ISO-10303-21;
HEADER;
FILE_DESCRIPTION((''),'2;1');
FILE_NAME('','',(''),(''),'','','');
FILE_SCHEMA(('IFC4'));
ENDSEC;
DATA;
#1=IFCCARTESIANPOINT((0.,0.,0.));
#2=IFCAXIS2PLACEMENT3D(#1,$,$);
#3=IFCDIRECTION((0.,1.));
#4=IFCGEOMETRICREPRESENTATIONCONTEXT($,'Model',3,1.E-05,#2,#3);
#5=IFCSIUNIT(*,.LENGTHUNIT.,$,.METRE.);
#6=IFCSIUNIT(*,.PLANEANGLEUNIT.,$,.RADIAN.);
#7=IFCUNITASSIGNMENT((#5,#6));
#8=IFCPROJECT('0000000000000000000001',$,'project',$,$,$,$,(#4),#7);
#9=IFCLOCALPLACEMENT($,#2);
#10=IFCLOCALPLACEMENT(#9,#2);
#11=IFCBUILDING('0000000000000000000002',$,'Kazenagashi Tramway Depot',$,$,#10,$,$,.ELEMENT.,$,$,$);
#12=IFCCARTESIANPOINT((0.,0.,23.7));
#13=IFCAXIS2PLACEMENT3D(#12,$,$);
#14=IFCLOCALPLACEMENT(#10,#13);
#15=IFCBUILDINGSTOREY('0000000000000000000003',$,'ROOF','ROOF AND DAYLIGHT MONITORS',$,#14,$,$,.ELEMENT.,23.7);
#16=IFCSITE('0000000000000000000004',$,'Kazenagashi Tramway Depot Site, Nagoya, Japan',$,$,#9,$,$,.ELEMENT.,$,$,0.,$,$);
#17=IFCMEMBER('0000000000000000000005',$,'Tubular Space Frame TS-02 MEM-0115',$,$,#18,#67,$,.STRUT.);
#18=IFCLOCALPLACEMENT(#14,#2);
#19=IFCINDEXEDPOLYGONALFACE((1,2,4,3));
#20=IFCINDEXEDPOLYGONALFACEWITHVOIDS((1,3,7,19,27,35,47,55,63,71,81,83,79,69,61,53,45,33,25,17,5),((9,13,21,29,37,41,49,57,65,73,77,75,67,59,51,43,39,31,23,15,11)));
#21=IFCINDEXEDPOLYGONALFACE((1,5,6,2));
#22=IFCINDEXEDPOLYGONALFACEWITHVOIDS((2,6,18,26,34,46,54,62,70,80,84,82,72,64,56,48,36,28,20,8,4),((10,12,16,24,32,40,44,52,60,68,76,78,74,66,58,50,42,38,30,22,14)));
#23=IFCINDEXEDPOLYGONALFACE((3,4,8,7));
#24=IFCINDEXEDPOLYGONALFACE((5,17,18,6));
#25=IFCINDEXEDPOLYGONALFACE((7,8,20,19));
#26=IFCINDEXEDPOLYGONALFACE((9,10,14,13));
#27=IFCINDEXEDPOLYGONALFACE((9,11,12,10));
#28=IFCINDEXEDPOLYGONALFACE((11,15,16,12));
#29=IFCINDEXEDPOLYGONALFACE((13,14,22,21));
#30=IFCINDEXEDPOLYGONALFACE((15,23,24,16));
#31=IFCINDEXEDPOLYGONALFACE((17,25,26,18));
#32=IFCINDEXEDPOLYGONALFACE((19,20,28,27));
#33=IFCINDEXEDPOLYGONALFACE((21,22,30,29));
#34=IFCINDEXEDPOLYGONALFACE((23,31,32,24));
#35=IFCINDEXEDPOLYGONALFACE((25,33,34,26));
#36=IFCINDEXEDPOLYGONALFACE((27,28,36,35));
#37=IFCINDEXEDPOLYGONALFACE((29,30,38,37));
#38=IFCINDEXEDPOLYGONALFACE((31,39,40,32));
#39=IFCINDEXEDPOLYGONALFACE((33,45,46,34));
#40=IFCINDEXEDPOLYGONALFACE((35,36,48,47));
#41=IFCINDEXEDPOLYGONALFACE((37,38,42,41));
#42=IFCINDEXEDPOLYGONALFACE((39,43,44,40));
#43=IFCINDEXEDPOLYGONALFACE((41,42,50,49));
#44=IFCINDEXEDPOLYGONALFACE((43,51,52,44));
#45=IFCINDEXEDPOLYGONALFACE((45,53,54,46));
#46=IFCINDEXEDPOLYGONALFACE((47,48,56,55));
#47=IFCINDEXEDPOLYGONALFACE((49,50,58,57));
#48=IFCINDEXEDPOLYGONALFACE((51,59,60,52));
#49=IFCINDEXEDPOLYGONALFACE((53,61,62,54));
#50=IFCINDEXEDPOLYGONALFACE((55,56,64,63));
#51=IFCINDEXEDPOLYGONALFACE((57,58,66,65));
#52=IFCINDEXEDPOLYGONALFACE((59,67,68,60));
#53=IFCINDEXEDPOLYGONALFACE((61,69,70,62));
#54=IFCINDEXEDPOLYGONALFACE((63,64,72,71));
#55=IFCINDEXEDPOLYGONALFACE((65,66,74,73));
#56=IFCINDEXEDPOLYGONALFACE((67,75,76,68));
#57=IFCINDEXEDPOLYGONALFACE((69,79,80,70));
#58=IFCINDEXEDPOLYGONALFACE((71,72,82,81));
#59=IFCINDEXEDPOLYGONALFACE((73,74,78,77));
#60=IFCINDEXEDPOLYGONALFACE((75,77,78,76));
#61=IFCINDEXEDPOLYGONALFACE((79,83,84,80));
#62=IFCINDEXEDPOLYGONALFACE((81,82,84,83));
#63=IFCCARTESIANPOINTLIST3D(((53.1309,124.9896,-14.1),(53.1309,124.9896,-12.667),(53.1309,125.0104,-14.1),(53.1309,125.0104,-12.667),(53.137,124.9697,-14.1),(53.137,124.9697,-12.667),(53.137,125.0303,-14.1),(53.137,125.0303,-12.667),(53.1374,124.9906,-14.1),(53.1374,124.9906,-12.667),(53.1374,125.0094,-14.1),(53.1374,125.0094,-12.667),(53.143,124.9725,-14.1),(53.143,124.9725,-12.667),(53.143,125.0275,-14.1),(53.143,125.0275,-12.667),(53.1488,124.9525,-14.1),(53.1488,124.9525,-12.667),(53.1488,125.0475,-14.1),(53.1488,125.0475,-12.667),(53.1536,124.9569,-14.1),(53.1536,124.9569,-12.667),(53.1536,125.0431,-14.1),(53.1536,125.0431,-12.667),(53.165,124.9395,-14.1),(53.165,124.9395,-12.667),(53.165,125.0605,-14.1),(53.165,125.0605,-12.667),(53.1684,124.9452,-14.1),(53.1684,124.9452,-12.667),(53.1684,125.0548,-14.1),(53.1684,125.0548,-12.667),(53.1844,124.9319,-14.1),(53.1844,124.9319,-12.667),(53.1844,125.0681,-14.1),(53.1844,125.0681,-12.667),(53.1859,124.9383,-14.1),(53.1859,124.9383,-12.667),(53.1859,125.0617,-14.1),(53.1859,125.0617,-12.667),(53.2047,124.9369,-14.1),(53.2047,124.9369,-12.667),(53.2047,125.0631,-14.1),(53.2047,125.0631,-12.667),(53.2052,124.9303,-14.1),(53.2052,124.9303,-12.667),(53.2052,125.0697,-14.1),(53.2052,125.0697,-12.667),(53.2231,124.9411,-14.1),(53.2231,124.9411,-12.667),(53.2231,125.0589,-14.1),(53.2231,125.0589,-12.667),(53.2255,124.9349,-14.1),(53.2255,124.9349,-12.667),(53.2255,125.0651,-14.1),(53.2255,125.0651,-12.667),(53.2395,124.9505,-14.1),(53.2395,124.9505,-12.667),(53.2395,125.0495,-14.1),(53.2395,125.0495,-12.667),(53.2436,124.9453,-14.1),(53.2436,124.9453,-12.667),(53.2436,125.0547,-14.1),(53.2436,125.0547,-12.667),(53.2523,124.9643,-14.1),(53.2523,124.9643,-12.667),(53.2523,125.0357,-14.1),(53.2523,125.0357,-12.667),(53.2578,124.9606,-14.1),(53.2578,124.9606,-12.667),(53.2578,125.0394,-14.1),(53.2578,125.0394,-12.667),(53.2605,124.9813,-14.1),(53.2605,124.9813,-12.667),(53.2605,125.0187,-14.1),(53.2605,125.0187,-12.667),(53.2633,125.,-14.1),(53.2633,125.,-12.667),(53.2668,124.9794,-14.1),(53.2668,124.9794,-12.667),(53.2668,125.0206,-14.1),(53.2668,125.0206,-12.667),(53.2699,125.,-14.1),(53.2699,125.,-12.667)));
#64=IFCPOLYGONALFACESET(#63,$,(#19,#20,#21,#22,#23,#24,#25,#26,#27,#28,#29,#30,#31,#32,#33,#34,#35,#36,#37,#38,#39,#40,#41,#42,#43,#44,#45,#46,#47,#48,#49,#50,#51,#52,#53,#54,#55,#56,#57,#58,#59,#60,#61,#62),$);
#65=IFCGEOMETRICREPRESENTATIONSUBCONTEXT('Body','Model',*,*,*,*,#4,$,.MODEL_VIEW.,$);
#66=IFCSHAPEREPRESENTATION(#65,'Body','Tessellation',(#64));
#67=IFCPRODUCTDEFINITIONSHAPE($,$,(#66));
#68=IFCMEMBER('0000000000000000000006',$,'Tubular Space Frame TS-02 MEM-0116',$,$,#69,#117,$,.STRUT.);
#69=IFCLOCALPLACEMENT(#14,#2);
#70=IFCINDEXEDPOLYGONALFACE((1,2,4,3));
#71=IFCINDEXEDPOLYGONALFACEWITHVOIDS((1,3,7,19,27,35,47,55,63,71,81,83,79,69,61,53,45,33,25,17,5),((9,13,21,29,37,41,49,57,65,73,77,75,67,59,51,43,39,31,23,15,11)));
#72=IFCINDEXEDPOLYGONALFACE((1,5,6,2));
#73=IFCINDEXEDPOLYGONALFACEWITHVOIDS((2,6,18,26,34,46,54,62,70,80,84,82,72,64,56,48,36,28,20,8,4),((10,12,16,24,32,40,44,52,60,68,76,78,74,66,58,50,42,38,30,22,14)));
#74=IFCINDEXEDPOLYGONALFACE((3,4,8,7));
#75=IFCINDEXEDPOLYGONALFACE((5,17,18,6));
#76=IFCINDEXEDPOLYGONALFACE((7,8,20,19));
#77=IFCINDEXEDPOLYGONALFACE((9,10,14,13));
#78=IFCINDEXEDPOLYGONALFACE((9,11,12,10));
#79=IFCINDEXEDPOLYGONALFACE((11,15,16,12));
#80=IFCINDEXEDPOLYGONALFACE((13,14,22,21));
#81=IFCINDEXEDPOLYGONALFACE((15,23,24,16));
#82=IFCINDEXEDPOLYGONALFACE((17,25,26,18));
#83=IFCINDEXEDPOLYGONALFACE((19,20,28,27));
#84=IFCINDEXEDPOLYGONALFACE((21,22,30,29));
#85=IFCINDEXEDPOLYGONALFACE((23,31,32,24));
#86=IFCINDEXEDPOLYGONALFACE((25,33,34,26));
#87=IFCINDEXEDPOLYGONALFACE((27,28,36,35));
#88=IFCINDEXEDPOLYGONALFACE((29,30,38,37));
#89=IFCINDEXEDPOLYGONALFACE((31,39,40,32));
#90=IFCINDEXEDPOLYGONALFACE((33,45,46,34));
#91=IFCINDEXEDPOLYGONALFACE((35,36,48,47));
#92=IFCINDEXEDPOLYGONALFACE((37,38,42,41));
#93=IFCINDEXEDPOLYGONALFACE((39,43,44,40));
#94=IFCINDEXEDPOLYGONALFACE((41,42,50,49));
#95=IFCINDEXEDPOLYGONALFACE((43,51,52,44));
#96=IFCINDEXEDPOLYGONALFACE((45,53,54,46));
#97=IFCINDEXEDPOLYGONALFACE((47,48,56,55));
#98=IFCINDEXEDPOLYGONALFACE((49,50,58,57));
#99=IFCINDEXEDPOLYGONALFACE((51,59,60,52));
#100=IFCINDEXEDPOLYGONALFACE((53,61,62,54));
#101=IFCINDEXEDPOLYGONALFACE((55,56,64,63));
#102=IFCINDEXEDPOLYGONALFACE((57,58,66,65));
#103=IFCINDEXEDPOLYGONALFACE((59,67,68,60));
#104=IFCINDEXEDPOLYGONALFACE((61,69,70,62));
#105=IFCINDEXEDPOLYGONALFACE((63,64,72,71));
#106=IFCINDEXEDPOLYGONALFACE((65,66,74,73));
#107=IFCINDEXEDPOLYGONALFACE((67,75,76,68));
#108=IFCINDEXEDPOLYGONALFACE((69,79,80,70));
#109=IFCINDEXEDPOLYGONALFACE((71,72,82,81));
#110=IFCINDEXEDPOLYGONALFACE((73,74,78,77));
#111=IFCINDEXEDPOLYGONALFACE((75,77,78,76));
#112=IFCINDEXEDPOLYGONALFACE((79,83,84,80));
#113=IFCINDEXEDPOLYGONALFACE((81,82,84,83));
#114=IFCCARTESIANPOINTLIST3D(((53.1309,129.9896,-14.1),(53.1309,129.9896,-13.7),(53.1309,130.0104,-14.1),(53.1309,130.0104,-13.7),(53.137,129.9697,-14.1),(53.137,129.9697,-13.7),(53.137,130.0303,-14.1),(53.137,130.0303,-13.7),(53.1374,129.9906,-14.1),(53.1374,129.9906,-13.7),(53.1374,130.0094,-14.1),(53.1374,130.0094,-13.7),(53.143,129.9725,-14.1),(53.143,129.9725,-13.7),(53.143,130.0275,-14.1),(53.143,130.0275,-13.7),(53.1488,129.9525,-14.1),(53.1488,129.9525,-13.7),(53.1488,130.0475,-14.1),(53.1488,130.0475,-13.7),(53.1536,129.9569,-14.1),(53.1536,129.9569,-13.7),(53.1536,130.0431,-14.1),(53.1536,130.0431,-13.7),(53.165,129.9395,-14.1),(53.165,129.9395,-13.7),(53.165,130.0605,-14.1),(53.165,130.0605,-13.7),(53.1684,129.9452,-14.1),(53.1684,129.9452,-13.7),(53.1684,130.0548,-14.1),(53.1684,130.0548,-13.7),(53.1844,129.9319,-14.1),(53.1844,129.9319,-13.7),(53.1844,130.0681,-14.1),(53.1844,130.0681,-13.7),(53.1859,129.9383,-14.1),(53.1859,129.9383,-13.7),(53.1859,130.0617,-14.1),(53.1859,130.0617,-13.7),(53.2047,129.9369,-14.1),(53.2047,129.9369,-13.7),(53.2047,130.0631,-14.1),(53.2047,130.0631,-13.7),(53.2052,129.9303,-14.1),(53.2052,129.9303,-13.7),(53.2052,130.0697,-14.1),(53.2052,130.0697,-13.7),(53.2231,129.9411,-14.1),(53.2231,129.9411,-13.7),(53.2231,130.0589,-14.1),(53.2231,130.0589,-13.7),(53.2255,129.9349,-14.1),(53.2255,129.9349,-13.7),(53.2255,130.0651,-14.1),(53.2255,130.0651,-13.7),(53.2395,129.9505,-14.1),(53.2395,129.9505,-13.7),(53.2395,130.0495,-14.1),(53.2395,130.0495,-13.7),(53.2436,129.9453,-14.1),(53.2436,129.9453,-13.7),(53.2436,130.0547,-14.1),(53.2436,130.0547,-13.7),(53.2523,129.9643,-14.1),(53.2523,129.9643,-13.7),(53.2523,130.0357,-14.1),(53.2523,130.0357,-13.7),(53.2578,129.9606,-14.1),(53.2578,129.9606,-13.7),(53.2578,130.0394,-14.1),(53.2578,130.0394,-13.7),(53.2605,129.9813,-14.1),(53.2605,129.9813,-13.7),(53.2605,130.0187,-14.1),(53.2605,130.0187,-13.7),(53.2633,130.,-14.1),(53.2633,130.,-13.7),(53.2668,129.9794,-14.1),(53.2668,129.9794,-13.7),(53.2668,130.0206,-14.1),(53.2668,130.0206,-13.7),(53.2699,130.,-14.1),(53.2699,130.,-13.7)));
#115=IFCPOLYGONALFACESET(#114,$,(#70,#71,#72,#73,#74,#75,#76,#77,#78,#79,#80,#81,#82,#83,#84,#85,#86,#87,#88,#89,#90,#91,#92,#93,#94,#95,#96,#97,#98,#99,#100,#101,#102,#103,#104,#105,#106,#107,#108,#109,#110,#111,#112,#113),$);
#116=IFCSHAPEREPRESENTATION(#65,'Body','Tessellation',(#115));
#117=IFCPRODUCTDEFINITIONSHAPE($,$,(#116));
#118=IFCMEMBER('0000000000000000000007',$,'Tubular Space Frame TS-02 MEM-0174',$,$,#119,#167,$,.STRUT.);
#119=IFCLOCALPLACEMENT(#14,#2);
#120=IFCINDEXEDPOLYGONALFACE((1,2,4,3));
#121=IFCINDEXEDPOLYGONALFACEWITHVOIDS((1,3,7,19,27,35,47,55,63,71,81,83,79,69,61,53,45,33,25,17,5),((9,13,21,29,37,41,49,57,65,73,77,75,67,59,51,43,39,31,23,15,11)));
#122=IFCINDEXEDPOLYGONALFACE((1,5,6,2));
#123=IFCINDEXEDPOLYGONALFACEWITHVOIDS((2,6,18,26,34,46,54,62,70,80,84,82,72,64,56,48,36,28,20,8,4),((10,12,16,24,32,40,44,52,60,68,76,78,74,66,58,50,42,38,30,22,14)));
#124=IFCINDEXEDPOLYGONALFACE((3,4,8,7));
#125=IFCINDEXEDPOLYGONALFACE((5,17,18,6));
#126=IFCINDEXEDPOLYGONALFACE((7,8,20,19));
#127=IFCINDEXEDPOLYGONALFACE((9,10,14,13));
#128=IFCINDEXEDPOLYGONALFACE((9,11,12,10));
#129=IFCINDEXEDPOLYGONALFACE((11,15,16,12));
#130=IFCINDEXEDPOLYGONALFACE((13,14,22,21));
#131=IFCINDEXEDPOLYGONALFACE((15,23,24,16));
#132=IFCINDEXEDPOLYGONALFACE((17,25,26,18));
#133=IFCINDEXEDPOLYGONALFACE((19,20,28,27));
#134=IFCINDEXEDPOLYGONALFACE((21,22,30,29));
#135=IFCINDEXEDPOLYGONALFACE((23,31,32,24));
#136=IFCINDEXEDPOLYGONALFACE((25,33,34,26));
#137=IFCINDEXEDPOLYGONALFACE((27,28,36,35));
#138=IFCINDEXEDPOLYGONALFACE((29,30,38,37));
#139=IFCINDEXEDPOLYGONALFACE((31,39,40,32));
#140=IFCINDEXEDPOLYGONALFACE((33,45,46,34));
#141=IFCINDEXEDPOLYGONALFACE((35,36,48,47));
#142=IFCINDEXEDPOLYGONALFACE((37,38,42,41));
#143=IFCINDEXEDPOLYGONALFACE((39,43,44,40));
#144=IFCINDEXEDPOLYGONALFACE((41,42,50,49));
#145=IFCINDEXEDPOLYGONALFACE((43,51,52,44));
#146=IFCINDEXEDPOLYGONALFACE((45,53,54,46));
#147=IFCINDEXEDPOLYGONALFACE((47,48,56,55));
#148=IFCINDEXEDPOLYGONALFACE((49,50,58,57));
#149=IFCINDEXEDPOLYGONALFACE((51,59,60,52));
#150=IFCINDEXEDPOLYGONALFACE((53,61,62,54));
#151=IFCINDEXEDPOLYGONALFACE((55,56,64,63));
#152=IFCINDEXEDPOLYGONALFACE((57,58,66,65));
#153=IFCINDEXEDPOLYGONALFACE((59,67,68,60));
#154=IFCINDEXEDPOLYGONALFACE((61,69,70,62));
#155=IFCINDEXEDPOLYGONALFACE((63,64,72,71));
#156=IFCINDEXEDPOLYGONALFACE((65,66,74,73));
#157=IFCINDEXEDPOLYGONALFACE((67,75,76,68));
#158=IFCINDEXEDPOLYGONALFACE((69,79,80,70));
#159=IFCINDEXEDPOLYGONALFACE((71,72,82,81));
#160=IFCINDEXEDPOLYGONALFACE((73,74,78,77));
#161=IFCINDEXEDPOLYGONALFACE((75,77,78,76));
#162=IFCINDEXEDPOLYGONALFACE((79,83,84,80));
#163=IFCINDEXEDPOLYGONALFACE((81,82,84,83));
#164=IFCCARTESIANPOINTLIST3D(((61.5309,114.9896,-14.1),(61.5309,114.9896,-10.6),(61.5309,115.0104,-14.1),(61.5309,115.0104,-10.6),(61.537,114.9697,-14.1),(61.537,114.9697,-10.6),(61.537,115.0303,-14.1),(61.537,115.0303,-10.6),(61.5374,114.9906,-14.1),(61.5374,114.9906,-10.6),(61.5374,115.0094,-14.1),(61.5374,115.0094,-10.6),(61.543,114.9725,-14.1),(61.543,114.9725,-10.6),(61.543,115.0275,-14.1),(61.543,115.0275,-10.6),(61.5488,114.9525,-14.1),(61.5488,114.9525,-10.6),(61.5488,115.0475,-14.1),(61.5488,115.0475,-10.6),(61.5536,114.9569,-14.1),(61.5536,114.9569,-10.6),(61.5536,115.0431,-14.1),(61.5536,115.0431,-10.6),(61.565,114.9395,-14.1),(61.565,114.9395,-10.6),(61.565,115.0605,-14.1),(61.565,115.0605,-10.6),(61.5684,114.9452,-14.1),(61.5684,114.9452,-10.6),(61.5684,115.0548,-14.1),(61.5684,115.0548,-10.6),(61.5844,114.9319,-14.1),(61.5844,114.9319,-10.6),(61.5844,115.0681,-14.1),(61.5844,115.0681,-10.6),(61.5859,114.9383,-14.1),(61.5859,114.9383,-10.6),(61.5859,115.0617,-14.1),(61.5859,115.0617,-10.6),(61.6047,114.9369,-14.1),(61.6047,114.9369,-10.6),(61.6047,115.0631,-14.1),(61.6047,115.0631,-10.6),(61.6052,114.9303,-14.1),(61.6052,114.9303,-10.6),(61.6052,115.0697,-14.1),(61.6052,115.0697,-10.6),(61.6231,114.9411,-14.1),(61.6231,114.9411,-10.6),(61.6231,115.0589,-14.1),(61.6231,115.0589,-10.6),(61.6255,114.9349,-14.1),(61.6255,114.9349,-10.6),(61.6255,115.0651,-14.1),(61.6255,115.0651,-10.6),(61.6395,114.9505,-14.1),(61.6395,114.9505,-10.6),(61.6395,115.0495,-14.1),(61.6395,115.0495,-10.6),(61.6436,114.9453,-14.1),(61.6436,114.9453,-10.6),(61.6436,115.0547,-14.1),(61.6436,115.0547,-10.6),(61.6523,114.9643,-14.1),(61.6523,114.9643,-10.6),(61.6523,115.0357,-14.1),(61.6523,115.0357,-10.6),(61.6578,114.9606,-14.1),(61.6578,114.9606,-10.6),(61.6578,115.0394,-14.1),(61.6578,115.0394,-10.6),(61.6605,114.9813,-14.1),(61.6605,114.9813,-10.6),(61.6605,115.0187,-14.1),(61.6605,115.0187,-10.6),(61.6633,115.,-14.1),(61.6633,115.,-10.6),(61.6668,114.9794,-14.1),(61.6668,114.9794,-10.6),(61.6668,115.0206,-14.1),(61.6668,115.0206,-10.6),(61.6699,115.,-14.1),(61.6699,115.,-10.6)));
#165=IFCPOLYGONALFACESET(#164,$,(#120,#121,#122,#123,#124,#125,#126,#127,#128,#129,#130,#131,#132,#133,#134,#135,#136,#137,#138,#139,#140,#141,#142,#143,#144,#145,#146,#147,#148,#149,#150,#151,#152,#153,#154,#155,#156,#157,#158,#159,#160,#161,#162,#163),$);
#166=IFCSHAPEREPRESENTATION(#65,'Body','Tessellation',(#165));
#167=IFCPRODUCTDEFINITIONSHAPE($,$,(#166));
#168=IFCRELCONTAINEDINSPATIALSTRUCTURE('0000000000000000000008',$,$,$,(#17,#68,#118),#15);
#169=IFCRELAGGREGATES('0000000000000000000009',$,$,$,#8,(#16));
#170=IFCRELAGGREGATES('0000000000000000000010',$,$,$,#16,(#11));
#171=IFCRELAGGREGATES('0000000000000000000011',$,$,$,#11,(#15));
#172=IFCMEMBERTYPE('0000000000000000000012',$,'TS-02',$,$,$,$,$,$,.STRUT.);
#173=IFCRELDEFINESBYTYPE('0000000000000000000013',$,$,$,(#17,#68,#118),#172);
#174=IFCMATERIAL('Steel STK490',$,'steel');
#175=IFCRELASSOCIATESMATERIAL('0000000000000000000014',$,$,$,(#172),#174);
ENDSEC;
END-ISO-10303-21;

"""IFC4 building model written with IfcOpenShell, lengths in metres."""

from ifc_helpers import new_model, si_unit, direction, frame, origin, origin_2d, place, context, subcontext, project, spatial, hollow_circle, extrude, material, material_profile, profile_set, type_object, element, save


model = new_model("IFC4")

# Units and contexts
model_context = context("Model", 3, precision=1e-05, world=origin(), true_north=direction((0.0, 1.0)))
body_context = subcontext(model_context, "Body", "Model", "MODEL_VIEW")
ifc_project = project(units=[si_unit("LENGTHUNIT", "METRE"), si_unit("PLANEANGLEUNIT", "RADIAN")], contexts=[model_context])

# Site, building, storey
site_placement = place(None, origin())
site = spatial("IfcSite", under=ifc_project, at=site_placement, Name="Kazenagashi Tramway Depot Site, Nagoya, Japan", CompositionType="ELEMENT", RefElevation=0.0)
building_placement = place(site_placement, origin())
building = spatial("IfcBuilding", under=site, at=building_placement, Name="Kazenagashi Tramway Depot", CompositionType="ELEMENT")
storey_placement = place(building_placement, frame((0.0, 0.0, 23.7)))
storey = spatial("IfcBuildingStorey", under=building, at=storey_placement, Name="ROOF", Description="ROOF AND DAYLIGHT MONITORS", CompositionType="ELEMENT", Elevation=23.7)

# Members
ifc_material_1 = material(Name="Steel STK490", Category="steel")
ifc_material_profile_1 = material_profile(ifc_material_1, hollow_circle(Radius=0.0699, WallThickness=0.0066, at=origin_2d()), Name="CHS-139.8x6.6")
ifc_profile_set_1 = profile_set([ifc_material_profile_1], Name="Steel STK490")
member_type_1 = type_object("IfcMemberType", Name="TS-02", PredefinedType="STRUT", material=ifc_profile_set_1)
member_1_placement = place(storey_placement, frame((53.2, 125.0, -14.1), z_axis=(0.0, 0.0, 1.0), x_axis=(1.0, 0.0, 0.0)))
element("IfcMember", 1, at=member_1_placement, inside=storey, type_object=member_type_1, Name="Tubular Space Frame TS-02 MEM-0115", PredefinedType="STRUT", context=body_context, shape_type="SweptSolid", body=[
    extrude(hollow_circle(Radius=0.0699, WallThickness=0.0066, at=origin_2d()), origin(), (0.0, 0.0, 1.0), 1.433),
])
member_2_placement = place(storey_placement, frame((53.2, 130.0, -14.1), z_axis=(0.0, 0.0, 1.0), x_axis=(1.0, 0.0, 0.0)))
element("IfcMember", 2, at=member_2_placement, inside=storey, type_object=member_type_1, Name="Tubular Space Frame TS-02 MEM-0116", PredefinedType="STRUT", context=body_context, shape_type="SweptSolid", body=[
    extrude(hollow_circle(Radius=0.0699, WallThickness=0.0066, at=origin_2d()), origin(), (0.0, 0.0, 1.0), 0.4),
])
member_3_placement = place(storey_placement, frame((61.6, 115.0, -14.1), z_axis=(0.0, 0.0, 1.0), x_axis=(1.0, 0.0, 0.0)))
element("IfcMember", 3, at=member_3_placement, inside=storey, type_object=member_type_1, Name="Tubular Space Frame TS-02 MEM-0174", PredefinedType="STRUT", context=body_context, shape_type="SweptSolid", body=[
    extrude(hollow_circle(Radius=0.0699, WallThickness=0.0066, at=origin_2d()), origin(), (0.0, 0.0, 1.0), 3.5),
])

save(model, "model.ifc")
